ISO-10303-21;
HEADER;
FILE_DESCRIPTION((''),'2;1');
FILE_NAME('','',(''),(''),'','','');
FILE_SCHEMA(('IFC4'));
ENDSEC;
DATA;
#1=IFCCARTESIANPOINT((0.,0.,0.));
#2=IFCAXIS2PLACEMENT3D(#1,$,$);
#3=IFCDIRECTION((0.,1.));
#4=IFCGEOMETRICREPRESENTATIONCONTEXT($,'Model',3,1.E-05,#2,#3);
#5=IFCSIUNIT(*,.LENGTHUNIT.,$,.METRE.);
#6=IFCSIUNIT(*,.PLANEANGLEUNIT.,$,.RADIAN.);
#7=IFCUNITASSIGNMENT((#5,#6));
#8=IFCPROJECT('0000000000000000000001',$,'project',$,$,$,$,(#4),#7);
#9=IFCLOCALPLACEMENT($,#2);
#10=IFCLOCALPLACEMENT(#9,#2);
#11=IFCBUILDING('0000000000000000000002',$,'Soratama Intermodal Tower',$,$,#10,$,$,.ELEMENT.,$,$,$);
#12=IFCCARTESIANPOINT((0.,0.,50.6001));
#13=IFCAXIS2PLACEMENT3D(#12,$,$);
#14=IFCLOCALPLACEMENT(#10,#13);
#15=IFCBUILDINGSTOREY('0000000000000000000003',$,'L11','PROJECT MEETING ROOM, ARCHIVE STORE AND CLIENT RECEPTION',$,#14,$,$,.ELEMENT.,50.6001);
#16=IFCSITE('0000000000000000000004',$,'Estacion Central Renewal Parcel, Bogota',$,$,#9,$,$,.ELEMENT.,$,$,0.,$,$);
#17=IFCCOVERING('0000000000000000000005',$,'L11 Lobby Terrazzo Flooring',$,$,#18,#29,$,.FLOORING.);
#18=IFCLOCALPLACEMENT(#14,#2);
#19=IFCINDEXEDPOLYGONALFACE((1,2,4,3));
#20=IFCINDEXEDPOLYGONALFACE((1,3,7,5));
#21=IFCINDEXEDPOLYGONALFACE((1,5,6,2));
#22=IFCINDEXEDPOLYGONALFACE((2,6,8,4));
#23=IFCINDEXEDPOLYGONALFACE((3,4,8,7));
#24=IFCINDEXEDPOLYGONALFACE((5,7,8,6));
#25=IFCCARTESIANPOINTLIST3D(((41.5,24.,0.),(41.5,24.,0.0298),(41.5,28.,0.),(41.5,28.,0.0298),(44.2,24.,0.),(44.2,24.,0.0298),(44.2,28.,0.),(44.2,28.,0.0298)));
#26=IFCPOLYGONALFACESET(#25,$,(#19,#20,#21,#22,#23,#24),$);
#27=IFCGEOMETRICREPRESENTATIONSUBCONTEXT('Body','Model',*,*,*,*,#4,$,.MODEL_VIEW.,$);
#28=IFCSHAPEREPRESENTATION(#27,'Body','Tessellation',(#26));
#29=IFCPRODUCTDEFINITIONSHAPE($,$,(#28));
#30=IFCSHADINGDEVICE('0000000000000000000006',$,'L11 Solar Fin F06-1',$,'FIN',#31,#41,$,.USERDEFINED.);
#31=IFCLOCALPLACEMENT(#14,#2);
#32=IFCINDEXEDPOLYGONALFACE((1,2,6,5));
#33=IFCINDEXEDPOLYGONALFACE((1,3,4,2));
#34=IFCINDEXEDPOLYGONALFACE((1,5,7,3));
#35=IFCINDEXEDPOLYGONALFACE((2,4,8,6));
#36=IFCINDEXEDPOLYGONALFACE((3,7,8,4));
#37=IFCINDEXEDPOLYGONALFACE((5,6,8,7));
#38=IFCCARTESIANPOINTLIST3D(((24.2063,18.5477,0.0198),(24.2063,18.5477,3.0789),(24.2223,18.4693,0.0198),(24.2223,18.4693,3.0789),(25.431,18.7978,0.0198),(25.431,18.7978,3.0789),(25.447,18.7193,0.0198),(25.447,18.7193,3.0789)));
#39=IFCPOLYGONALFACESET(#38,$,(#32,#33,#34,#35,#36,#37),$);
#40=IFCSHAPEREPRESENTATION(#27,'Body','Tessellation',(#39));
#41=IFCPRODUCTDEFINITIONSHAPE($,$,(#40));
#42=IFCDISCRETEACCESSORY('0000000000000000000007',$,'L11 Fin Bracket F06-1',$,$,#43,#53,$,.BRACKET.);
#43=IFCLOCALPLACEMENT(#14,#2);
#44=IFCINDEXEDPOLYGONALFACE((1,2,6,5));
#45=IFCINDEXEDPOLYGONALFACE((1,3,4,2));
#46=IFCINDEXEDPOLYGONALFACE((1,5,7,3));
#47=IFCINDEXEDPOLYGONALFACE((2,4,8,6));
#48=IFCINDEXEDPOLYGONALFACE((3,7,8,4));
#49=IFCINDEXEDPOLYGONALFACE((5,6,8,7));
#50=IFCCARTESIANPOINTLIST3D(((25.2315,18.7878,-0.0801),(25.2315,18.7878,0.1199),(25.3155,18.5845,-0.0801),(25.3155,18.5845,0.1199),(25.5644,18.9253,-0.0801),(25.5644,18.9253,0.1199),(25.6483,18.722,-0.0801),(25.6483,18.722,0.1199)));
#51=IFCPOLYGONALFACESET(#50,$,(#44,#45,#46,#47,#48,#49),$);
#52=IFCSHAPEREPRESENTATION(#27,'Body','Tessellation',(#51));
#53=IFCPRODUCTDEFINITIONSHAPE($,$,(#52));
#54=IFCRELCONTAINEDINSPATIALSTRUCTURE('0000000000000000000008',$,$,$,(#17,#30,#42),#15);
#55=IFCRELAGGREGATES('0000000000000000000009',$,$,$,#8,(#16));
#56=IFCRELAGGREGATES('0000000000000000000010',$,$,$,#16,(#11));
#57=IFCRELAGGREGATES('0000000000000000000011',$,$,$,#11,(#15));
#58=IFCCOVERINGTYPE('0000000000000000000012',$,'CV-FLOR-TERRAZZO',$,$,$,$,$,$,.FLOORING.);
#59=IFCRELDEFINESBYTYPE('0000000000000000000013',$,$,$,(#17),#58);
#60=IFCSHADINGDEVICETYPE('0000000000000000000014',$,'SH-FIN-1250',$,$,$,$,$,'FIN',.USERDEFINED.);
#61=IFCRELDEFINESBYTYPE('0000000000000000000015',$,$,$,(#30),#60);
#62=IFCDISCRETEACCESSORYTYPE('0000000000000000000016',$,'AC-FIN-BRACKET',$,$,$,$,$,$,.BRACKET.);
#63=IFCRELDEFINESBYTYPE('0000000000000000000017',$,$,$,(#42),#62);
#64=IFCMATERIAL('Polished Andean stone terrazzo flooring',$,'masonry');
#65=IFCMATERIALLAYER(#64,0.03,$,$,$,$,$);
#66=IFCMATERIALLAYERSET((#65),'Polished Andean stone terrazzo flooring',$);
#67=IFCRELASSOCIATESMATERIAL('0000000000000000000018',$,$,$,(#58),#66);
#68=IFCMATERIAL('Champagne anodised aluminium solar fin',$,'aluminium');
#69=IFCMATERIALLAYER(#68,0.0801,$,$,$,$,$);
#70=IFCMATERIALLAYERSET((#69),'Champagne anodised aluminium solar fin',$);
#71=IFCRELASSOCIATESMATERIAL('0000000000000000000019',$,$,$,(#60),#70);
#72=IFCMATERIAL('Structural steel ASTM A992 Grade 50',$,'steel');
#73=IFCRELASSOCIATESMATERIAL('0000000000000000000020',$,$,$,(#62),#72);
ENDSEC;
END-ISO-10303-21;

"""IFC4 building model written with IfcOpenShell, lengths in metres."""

from ifc_helpers import new_model, si_unit, direction, frame, origin, origin_2d, place, context, subcontext, project, spatial, polyline, rectangle, outline, extrude, material, layer, layer_set, type_object, element, save


model = new_model("IFC4")

# Units and contexts
model_context = context("Model", 3, precision=1e-05, world=origin(), true_north=direction((0.0, 1.0)))
body_context = subcontext(model_context, "Body", "Model", "MODEL_VIEW")
ifc_project = project(units=[si_unit("LENGTHUNIT", "METRE"), si_unit("PLANEANGLEUNIT", "RADIAN")], contexts=[model_context])

# Site, building, storey
site_placement = place(None, origin())
site = spatial("IfcSite", under=ifc_project, at=site_placement, Name="Estacion Central Renewal Parcel, Bogota", CompositionType="ELEMENT", RefElevation=0.0)
building_placement = place(site_placement, origin())
building = spatial("IfcBuilding", under=site, at=building_placement, Name="Soratama Intermodal Tower", CompositionType="ELEMENT")
storey_placement = place(building_placement, frame((0.0, 0.0, 50.6001)))
storey = spatial("IfcBuildingStorey", under=building, at=storey_placement, Name="L11", Description="PROJECT MEETING ROOM, ARCHIVE STORE AND CLIENT RECEPTION", CompositionType="ELEMENT", Elevation=50.6001)

# Covering
ifc_material_1 = material(Name="Polished Andean stone terrazzo flooring", Category="masonry")
ifc_layer_1 = layer(ifc_material_1, 0.03)
ifc_layer_set_1 = layer_set([ifc_layer_1], Name="Polished Andean stone terrazzo flooring")
covering_type_1 = type_object("IfcCoveringType", Name="CV-FLOR-TERRAZZO", PredefinedType="FLOORING", material=ifc_layer_set_1)
covering_1_placement = place(storey_placement, origin())
element("IfcCovering", 1, at=covering_1_placement, inside=storey, type_object=covering_type_1, Name="L11 Lobby Terrazzo Flooring", PredefinedType="FLOORING", context=body_context, shape_type="SweptSolid", body=[
    extrude(outline(polyline([(41.5, 24.0), (44.2, 24.0), (44.2, 28.0), (41.5, 28.0), (41.5, 24.0)])), origin(), (0.0, 0.0, 1.0), 0.0298),
])

# Shading device
ifc_material_2 = material(Name="Champagne anodised aluminium solar fin", Category="aluminium")
ifc_layer_2 = layer(ifc_material_2, 0.0801)
ifc_layer_set_2 = layer_set([ifc_layer_2], Name="Champagne anodised aluminium solar fin")
shading_device_type = type_object("IfcShadingDeviceType", Name="SH-FIN-1250", ElementType="FIN", PredefinedType="USERDEFINED", material=ifc_layer_set_2)
shading_device_placement = place(storey_placement, frame((24.8267, 18.6335, 0.0198), z_axis=(0.0, 0.0, 1.0), x_axis=(-0.979785, -0.200052, 0.0)))
element("IfcShadingDevice", 2, at=shading_device_placement, inside=storey, type_object=shading_device_type, Name="L11 Solar Fin F06-1", ObjectType="FIN", PredefinedType="USERDEFINED", context=body_context, shape_type="SweptSolid", body=[
    extrude(rectangle(XDim=1.25, YDim=0.0801, at=origin_2d()), origin(), (0.0, 0.0, 1.0), 3.0591),
])

# Discrete accessory
ifc_material_3 = material(Name="Structural steel ASTM A992 Grade 50", Category="steel")
discrete_accessory_type = type_object("IfcDiscreteAccessoryType", Name="AC-FIN-BRACKET", PredefinedType="BRACKET", material=ifc_material_3)
discrete_accessory_placement = place(storey_placement, frame((25.4399, 18.7549, -0.0801), z_axis=(0.0, 0.0, 1.0), x_axis=(-0.92428, -0.381716, 0.0)))
element("IfcDiscreteAccessory", 3, at=discrete_accessory_placement, inside=storey, type_object=discrete_accessory_type, Name="L11 Fin Bracket F06-1", PredefinedType="BRACKET", context=body_context, shape_type="SweptSolid", body=[
    extrude(rectangle(XDim=0.3601, YDim=0.22, at=origin_2d()), origin(), (0.0, 0.0, 1.0), 0.2),
])

save(model, "model.ifc")
